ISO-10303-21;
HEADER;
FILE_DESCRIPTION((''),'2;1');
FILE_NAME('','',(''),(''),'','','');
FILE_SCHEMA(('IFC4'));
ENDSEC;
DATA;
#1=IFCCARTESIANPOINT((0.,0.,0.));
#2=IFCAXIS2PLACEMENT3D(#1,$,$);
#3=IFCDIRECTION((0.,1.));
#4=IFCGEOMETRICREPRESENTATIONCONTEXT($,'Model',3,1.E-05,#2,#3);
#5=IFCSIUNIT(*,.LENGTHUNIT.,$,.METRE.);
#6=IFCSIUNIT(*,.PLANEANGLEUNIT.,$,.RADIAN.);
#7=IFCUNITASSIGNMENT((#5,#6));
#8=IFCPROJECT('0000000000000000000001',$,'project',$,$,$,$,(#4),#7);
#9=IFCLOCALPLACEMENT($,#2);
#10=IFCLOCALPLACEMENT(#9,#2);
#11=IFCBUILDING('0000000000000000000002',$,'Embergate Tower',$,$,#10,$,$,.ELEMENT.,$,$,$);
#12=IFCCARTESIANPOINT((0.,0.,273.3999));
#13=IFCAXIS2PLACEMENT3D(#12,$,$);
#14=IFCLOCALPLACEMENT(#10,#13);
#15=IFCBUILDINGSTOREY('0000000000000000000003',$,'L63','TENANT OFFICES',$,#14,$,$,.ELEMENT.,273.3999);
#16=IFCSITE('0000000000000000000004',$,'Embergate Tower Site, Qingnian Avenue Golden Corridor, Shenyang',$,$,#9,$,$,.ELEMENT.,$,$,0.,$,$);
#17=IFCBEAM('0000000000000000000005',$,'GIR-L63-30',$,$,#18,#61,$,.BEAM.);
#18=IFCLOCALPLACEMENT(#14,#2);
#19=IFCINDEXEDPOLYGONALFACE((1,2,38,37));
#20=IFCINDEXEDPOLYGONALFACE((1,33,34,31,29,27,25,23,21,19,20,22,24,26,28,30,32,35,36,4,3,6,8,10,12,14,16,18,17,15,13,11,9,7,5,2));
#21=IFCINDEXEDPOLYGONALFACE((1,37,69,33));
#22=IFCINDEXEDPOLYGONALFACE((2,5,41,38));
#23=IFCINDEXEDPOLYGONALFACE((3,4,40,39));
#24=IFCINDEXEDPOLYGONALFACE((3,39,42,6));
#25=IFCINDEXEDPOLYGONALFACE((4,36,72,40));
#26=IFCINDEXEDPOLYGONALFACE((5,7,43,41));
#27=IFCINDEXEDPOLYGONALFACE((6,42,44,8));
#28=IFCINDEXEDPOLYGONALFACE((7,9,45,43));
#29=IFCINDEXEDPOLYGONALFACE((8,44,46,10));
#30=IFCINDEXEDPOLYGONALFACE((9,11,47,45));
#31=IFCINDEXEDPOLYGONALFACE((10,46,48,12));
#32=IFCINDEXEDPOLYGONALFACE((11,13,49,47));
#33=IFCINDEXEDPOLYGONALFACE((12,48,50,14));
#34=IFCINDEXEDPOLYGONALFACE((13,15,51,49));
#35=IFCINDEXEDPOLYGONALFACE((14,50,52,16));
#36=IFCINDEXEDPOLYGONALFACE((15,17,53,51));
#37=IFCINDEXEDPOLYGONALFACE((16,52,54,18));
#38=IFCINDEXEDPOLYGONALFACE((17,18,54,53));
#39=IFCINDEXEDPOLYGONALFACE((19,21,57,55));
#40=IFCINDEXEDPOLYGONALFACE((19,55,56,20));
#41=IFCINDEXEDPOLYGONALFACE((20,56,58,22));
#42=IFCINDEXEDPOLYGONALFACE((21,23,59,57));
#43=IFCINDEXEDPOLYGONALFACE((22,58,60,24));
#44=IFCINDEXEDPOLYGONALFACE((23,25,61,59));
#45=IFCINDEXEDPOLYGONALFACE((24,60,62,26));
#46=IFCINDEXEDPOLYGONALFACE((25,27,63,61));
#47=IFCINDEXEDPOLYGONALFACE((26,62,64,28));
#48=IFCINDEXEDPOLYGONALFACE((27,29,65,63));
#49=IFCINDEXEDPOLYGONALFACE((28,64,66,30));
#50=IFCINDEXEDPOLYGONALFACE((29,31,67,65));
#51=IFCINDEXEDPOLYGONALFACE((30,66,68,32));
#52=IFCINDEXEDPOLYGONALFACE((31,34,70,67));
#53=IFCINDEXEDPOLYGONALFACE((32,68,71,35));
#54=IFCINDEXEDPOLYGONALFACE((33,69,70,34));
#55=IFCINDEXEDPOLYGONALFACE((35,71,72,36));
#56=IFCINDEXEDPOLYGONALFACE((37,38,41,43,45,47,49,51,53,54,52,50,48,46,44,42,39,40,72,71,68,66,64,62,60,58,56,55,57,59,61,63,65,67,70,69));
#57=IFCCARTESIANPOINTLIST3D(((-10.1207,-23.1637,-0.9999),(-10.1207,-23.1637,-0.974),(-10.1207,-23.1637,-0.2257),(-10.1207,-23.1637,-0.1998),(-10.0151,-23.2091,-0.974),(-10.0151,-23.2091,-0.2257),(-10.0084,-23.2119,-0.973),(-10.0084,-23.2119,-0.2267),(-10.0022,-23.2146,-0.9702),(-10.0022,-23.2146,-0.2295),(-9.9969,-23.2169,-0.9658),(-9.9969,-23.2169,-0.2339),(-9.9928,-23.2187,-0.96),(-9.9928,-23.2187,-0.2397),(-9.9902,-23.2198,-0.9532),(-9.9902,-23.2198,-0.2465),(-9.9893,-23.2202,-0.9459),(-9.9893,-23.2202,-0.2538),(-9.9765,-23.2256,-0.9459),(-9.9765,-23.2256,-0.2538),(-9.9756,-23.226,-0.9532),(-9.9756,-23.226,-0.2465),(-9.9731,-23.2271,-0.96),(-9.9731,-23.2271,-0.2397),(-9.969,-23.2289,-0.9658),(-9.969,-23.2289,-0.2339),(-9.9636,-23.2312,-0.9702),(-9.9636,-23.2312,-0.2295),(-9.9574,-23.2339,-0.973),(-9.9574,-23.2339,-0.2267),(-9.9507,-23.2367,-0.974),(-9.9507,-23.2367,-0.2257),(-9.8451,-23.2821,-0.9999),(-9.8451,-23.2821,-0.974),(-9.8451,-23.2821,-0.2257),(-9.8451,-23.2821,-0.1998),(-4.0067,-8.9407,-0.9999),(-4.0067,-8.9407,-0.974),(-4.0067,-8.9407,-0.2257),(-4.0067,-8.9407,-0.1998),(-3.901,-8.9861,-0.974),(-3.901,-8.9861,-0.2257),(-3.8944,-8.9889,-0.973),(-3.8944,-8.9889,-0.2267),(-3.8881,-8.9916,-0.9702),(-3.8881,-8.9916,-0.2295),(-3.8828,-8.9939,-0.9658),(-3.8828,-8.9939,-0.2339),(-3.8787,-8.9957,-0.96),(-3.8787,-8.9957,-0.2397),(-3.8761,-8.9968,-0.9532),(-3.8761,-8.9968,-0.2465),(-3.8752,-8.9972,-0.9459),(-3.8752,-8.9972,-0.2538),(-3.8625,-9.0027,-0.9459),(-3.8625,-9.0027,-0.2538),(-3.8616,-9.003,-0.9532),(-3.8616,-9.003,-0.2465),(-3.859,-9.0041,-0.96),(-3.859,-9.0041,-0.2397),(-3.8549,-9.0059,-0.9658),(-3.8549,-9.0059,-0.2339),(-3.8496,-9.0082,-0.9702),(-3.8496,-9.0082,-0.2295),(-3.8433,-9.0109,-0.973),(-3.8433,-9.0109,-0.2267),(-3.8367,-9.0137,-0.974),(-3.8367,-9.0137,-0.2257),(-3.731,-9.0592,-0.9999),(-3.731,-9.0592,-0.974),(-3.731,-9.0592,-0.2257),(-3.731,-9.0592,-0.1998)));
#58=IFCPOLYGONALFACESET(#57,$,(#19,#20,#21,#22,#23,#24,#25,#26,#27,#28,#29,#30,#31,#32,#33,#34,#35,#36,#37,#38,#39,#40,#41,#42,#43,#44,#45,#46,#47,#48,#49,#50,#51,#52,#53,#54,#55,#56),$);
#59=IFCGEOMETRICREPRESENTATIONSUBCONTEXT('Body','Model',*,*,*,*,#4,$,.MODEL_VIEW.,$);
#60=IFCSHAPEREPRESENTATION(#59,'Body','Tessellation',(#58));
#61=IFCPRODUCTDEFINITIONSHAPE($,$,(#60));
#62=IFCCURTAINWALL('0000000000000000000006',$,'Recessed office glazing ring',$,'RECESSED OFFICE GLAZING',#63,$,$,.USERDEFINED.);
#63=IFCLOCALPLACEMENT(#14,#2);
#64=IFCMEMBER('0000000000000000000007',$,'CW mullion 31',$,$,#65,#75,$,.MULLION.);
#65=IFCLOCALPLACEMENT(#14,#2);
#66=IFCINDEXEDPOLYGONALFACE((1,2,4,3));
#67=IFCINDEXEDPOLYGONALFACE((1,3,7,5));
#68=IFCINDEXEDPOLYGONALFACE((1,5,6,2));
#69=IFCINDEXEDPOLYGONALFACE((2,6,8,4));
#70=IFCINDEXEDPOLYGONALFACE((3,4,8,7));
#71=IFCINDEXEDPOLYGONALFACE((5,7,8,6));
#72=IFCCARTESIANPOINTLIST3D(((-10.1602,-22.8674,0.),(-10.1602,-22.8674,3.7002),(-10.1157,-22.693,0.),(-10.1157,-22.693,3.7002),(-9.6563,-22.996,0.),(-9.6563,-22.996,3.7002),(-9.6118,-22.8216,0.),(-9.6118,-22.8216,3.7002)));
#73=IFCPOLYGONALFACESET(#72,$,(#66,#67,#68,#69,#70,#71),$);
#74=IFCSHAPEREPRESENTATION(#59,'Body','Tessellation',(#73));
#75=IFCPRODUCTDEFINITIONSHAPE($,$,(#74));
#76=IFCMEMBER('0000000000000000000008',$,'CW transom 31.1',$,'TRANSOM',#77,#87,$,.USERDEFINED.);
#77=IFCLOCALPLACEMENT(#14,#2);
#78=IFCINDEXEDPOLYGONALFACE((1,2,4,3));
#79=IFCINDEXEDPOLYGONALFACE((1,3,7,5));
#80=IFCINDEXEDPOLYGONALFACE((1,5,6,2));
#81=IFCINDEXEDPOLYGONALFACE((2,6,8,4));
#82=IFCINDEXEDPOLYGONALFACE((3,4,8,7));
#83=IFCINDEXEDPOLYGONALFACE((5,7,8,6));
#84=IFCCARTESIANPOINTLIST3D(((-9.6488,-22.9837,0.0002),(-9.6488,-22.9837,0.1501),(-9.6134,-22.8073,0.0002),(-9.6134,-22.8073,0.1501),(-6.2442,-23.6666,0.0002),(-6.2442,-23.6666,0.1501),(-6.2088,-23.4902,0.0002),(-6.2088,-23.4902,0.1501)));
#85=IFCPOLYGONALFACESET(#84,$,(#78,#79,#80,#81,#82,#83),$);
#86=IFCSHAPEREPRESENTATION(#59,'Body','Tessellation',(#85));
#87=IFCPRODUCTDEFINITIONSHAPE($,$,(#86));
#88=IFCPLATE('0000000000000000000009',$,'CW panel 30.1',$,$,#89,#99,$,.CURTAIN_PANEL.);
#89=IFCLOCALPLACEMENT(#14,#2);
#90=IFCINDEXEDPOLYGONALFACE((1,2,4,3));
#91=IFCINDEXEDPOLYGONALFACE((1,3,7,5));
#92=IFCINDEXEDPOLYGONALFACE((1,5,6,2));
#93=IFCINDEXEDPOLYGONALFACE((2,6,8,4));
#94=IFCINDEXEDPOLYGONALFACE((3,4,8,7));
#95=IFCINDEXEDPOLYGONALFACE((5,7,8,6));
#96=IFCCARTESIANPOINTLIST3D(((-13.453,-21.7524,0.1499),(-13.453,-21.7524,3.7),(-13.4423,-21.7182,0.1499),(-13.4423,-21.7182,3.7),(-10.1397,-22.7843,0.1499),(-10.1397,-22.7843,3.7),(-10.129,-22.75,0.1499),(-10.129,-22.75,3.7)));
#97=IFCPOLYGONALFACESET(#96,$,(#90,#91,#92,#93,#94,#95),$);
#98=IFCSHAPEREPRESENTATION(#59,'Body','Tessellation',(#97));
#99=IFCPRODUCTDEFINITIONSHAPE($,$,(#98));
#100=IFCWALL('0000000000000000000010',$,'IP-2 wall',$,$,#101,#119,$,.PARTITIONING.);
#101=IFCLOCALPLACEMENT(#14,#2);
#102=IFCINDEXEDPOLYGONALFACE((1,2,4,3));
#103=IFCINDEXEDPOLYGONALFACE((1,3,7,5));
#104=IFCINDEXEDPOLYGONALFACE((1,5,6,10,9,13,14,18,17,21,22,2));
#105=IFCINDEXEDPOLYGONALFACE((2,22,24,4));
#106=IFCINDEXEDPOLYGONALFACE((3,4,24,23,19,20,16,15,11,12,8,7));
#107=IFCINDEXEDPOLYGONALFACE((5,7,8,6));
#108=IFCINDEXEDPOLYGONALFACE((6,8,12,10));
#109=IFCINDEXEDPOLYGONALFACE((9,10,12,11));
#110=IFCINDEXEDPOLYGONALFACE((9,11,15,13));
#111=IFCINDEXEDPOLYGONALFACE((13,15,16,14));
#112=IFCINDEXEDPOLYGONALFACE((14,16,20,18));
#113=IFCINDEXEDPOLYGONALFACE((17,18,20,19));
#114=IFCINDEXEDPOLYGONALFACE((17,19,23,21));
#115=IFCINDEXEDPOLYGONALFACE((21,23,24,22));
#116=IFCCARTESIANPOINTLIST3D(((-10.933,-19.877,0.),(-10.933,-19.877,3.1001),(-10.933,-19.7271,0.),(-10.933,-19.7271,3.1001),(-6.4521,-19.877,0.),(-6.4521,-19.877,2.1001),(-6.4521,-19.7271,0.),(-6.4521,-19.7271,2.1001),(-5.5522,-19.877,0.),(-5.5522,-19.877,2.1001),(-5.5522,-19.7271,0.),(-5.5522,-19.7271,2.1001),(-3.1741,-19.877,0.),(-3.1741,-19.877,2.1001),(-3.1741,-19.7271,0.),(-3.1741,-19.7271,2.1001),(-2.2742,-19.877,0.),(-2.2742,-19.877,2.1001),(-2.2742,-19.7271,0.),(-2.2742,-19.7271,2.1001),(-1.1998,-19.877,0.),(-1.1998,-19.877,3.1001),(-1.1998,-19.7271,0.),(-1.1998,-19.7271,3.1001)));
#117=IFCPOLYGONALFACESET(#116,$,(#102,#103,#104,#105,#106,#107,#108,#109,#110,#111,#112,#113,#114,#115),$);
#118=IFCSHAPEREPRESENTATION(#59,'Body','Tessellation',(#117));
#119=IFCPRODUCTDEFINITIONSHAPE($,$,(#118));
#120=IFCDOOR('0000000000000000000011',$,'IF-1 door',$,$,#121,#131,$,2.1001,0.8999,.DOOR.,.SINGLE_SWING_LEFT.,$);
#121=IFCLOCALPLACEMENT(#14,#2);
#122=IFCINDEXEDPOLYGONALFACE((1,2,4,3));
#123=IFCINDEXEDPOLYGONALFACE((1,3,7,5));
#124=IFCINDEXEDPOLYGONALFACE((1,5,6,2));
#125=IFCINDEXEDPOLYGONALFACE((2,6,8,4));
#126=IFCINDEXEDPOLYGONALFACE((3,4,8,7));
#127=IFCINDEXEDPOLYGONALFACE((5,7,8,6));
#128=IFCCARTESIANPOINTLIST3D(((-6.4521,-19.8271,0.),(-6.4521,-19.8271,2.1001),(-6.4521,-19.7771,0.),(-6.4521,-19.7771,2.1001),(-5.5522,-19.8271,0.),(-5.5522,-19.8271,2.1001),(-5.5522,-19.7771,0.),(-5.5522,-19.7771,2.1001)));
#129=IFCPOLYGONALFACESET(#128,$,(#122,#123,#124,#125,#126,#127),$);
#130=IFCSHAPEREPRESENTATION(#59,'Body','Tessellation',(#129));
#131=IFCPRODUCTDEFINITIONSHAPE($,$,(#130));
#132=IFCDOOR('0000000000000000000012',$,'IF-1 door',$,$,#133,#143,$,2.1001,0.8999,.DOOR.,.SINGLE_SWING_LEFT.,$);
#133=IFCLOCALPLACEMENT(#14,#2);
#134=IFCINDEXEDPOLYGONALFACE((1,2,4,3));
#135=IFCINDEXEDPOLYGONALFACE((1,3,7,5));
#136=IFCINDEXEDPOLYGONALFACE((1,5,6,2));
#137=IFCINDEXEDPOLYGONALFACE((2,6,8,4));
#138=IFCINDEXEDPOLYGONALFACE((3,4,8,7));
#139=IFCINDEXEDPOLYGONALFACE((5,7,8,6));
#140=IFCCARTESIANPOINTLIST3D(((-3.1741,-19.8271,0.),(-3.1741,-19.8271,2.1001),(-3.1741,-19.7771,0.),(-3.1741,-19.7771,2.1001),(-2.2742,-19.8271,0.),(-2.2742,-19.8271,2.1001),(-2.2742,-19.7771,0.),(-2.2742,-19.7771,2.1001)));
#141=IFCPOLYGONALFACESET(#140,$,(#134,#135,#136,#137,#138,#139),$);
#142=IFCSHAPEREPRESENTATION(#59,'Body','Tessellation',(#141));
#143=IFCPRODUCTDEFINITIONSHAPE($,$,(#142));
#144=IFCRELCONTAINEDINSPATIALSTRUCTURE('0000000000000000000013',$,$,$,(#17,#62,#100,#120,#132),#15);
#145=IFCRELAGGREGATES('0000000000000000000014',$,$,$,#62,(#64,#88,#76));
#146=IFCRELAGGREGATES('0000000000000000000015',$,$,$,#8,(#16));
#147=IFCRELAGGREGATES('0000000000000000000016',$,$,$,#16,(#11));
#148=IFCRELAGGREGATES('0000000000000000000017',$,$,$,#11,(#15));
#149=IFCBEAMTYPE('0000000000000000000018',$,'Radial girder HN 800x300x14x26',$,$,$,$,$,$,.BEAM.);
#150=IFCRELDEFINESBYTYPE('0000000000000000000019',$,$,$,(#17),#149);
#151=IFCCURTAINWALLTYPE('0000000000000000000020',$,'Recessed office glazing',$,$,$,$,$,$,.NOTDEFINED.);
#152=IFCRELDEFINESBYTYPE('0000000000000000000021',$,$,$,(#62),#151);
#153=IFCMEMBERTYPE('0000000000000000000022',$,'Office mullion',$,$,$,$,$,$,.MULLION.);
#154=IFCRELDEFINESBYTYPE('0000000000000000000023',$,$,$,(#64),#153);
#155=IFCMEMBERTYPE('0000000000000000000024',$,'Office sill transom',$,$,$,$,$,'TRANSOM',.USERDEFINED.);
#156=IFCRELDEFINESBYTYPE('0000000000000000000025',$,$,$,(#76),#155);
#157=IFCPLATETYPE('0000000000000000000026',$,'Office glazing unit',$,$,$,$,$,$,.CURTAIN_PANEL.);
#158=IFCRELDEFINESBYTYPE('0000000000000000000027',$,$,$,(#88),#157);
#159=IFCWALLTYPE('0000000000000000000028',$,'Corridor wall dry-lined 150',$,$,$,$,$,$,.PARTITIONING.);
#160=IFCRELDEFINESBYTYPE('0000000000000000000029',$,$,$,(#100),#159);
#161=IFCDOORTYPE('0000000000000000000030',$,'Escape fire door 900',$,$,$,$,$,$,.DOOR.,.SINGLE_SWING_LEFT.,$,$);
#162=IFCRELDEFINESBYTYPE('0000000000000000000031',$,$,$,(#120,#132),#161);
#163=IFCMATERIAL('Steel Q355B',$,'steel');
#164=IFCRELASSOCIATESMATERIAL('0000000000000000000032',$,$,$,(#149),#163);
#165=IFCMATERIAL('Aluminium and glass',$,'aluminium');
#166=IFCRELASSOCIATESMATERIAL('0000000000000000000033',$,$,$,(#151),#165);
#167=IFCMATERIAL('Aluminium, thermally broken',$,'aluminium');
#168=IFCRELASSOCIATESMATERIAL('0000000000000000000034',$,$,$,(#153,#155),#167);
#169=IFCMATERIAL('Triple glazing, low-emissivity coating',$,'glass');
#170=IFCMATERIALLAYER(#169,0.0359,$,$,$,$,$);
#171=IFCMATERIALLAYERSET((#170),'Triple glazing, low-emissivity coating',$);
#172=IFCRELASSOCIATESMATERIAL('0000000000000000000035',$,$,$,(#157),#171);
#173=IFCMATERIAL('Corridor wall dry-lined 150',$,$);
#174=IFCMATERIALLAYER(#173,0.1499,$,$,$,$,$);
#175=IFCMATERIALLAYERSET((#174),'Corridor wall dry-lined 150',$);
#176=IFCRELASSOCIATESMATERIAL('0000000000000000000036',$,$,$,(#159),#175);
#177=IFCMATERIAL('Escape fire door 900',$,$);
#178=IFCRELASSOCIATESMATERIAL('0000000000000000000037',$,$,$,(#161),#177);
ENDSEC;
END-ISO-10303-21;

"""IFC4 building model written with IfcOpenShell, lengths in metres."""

from ifc_helpers import new_model, si_unit, direction, frame, frame_2d, origin, origin_2d, place, context, subcontext, project, spatial, rectangle, i_section, extrude, source, transform, mapped, material, layer, layer_set, material_profile, profile_set, type_object, element, fill, aggregate, save


model = new_model("IFC4")

# Units and contexts
model_context = context("Model", 3, precision=1e-05, world=origin(), true_north=direction((0.0, 1.0)))
body_context = subcontext(model_context, "Body", "Model", "MODEL_VIEW")
ifc_project = project(units=[si_unit("LENGTHUNIT", "METRE"), si_unit("PLANEANGLEUNIT", "RADIAN")], contexts=[model_context])

# Site, building, storey
site_placement = place(None, origin())
site = spatial("IfcSite", under=ifc_project, at=site_placement, Name="Embergate Tower Site, Qingnian Avenue Golden Corridor, Shenyang", CompositionType="ELEMENT", RefElevation=0.0)
building_placement = place(site_placement, origin())
building = spatial("IfcBuilding", under=site, at=building_placement, Name="Embergate Tower", CompositionType="ELEMENT")
storey_placement = place(building_placement, frame((0.0, 0.0, 273.3999)))
storey = spatial("IfcBuildingStorey", under=building, at=storey_placement, Name="L63", Description="TENANT OFFICES", CompositionType="ELEMENT", Elevation=273.3999)

# Beam
ifc_material_1 = material(Name="Steel Q355B", Category="steel")
ifc_material_profile_1 = material_profile(ifc_material_1, i_section(OverallWidth=0.3, OverallDepth=0.8, WebThickness=0.0139, FlangeThickness=0.0259, FilletRadius=0.0281, at=origin_2d()), Name="HN 800x300x14x26")
ifc_profile_set_1 = profile_set([ifc_material_profile_1], Name="Steel Q355 grade B")
beam_type = type_object("IfcBeamType", Name="Radial girder HN 800x300x14x26", PredefinedType="BEAM", material=ifc_profile_set_1)
shared_shape_1 = source(origin(), body_context, "Body", "SweptSolid", [
    extrude(i_section(OverallWidth=0.3, OverallDepth=0.8, WebThickness=0.0139, FlangeThickness=0.0259, FilletRadius=0.0281, at=origin_2d()), origin(), (0.0, 0.0, 1.0), 15.4814),
])
beam_placement = place(storey_placement, frame((-9.9829, -23.2229, -0.5999), z_axis=(0.394928, 0.918712, 0.0), x_axis=(-0.918712, 0.394928, 0.0)))
element("IfcBeam", 1, at=beam_placement, inside=storey, type_object=beam_type, Name="GIR-L63-30", PredefinedType="BEAM", context=body_context, shape_type="MappedRepresentation", body=[
    mapped(shared_shape_1, transform((0.0, 0.0, 0.0))),
])

# Curtain wall, members, plate
ifc_material_2 = material(Name="Aluminium and glass", Category="aluminium")
curtain_wall_type = type_object("IfcCurtainWallType", Name="Recessed office glazing", PredefinedType="NOTDEFINED", material=ifc_material_2)
curtain_wall_placement = place(storey_placement, origin())
curtain_wall = element("IfcCurtainWall", 2, at=curtain_wall_placement, inside=storey, type_object=curtain_wall_type, Name="Recessed office glazing ring", ObjectType="RECESSED OFFICE GLAZING", PredefinedType="USERDEFINED")
ifc_material_3 = material(Name="Aluminium, thermally broken", Category="aluminium")
ifc_material_profile_2 = material_profile(ifc_material_3, rectangle(XDim=0.1799, YDim=0.52, at=origin_2d()), Name="AL 520x180")
ifc_profile_set_2 = profile_set([ifc_material_profile_2], Name="Aluminium, thermally broken")
member_type_1 = type_object("IfcMemberType", Name="Office mullion", PredefinedType="MULLION", material=ifc_profile_set_2)
shared_shape_2 = source(origin(), body_context, "Body", "SweptSolid", [
    extrude(rectangle(XDim=0.1799, YDim=0.52, at=origin_2d()), origin(), (0.0, 0.0, 1.0), 3.7002),
])
member_1_placement = place(storey_placement, frame((-9.886, -22.8445, 0.0), z_axis=(0.0, 0.0, 1.0), x_axis=(0.247307, 0.968937, 0.0)))
member_1 = element("IfcMember", 3, at=member_1_placement, type_object=member_type_1, Name="CW mullion 31", PredefinedType="MULLION", context=body_context, shape_type="MappedRepresentation", body=[
    mapped(shared_shape_2, transform((0.0, 0.0, 0.0))),
])
ifc_material_profile_3 = material_profile(ifc_material_3, rectangle(XDim=0.1799, YDim=0.1499, at=origin_2d()), Name="AL 150x180")
ifc_profile_set_3 = profile_set([ifc_material_profile_3], Name="Aluminium, thermally broken")
member_type_2 = type_object("IfcMemberType", Name="Office sill transom", ElementType="TRANSOM", PredefinedType="USERDEFINED", material=ifc_profile_set_3)
shared_shape_3 = source(origin(), body_context, "Body", "SweptSolid", [
    extrude(rectangle(XDim=0.1799, YDim=0.1499, at=origin_2d()), origin(), (0.0, 0.0, 1.0), 3.4724),
])
member_2_placement = place(storey_placement, frame((-9.6311, -22.8955, 0.0752), z_axis=(0.980472, -0.196657, 0.0), x_axis=(0.196657, 0.980472, 0.0)))
member_2 = element("IfcMember", 4, at=member_2_placement, type_object=member_type_2, Name="CW transom 31.1", ObjectType="TRANSOM", PredefinedType="USERDEFINED", context=body_context, shape_type="MappedRepresentation", body=[
    mapped(shared_shape_3, transform((0.0, 0.0, 0.0))),
])
ifc_material_4 = material(Name="Triple glazing, low-emissivity coating", Category="glass")
ifc_layer_1 = layer(ifc_material_4, 0.0359)
ifc_layer_set_1 = layer_set([ifc_layer_1], Name="Triple glazing, low-emissivity coating")
plate_type = type_object("IfcPlateType", Name="Office glazing unit", PredefinedType="CURTAIN_PANEL", material=ifc_layer_set_1)
shared_shape_4 = source(origin(), body_context, "Body", "SweptSolid", [
    extrude(rectangle(XDim=3.4702, YDim=0.0359, at=origin_2d()), origin(), (0.0, 0.0, 1.0), 3.55),
])
plate_placement = place(storey_placement, frame((-11.791, -22.2512, 0.1499), z_axis=(0.0, 0.0, 1.0), x_axis=(0.954773, -0.297337, 0.0)))
plate = element("IfcPlate", 5, at=plate_placement, type_object=plate_type, Name="CW panel 30.1", PredefinedType="CURTAIN_PANEL", context=body_context, shape_type="MappedRepresentation", body=[
    mapped(shared_shape_4, transform((0.0, 0.0, 0.0))),
])
aggregate(curtain_wall, [member_1, plate, member_2])

# Wall, openings, doors
ifc_material_5 = material(Name="Corridor wall dry-lined 150")
ifc_layer_2 = layer(ifc_material_5, 0.1499)
ifc_layer_set_2 = layer_set([ifc_layer_2], Name="Corridor wall dry-lined 150")
wall_type_1 = type_object("IfcWallType", Name="Corridor wall dry-lined 150", PredefinedType="PARTITIONING", material=ifc_layer_set_2)
shared_shape_5 = source(origin(), body_context, "Body", "SweptSolid", [
    extrude(rectangle(XDim=9.7332, YDim=0.1499, at=frame_2d((4.8667, 0.0))), origin(), (0.0, 0.0, 1.0), 3.1001),
])
wall_1_placement = place(storey_placement, frame((-10.9331, -19.802, 0.0), z_axis=(0.0, 0.0, 1.0), x_axis=(1.0, 0.0, 0.0)))
wall_1 = element("IfcWall", 6, at=wall_1_placement, inside=storey, type_object=wall_type_1, Name="IP-2 wall", PredefinedType="PARTITIONING", context=body_context, shape_type="MappedRepresentation", body=[
    mapped(shared_shape_5, transform((0.0, 0.0, 0.0))),
])
shared_shape_6 = source(origin(), body_context, "Body", "SweptSolid", [
    extrude(rectangle(XDim=0.8999, YDim=2.1001, at=frame_2d((0.45, 1.05))), frame((0.0, 0.085, 0.0), z_axis=(0.0, -1.0, 0.0), x_axis=(1.0, 0.0, 0.0)), (0.0, 0.0, 1.0), 0.1699),
])
opening_1_placement = place(wall_1_placement, frame((4.481, 0.0, 0.0)))
opening_1 = element("IfcOpeningElement", 7, at=opening_1_placement, cuts=wall_1, PredefinedType="OPENING", context=body_context, shape_type="MappedRepresentation", body=[
    mapped(shared_shape_6, transform((0.0, 0.0, 0.0))),
])
opening_2_placement = place(wall_1_placement, frame((7.759, 0.0, 0.0)))
opening_2 = element("IfcOpeningElement", 8, at=opening_2_placement, cuts=wall_1, PredefinedType="OPENING", context=body_context, shape_type="MappedRepresentation", body=[
    mapped(shared_shape_6, transform((0.0, 0.0, 0.0))),
])
ifc_material_6 = material(Name="Escape fire door 900")
door_type_1 = type_object("IfcDoorType", Name="Escape fire door 900", OperationType="SINGLE_SWING_LEFT", PredefinedType="DOOR", material=ifc_material_6)
shared_shape_7 = source(origin(), body_context, "Body", "SweptSolid", [
    extrude(rectangle(XDim=0.8999, YDim=2.1001, at=frame_2d((0.45, 1.05))), frame((0.0, 0.0249, 0.0), z_axis=(0.0, -1.0, 0.0), x_axis=(1.0, 0.0, 0.0)), (0.0, 0.0, 1.0), 0.05),
])
door_1_placement = place(opening_1_placement, origin())
door_1 = element("IfcDoor", 9, at=door_1_placement, inside=storey, type_object=door_type_1, Name="IF-1 door", OperationType="SINGLE_SWING_LEFT", OverallHeight=2.1001, OverallWidth=0.8999, PredefinedType="DOOR", context=body_context, shape_type="MappedRepresentation", body=[
    mapped(shared_shape_7, transform((0.0, 0.0, 0.0))),
])
fill(opening_1, door_1)
door_2_placement = place(opening_2_placement, origin())
door_2 = element("IfcDoor", 10, at=door_2_placement, inside=storey, type_object=door_type_1, Name="IF-1 door", OperationType="SINGLE_SWING_LEFT", OverallHeight=2.1001, OverallWidth=0.8999, PredefinedType="DOOR", context=body_context, shape_type="MappedRepresentation", body=[
    mapped(shared_shape_7, transform((0.0, 0.0, 0.0))),
])
fill(opening_2, door_2)

save(model, "model.ifc")
